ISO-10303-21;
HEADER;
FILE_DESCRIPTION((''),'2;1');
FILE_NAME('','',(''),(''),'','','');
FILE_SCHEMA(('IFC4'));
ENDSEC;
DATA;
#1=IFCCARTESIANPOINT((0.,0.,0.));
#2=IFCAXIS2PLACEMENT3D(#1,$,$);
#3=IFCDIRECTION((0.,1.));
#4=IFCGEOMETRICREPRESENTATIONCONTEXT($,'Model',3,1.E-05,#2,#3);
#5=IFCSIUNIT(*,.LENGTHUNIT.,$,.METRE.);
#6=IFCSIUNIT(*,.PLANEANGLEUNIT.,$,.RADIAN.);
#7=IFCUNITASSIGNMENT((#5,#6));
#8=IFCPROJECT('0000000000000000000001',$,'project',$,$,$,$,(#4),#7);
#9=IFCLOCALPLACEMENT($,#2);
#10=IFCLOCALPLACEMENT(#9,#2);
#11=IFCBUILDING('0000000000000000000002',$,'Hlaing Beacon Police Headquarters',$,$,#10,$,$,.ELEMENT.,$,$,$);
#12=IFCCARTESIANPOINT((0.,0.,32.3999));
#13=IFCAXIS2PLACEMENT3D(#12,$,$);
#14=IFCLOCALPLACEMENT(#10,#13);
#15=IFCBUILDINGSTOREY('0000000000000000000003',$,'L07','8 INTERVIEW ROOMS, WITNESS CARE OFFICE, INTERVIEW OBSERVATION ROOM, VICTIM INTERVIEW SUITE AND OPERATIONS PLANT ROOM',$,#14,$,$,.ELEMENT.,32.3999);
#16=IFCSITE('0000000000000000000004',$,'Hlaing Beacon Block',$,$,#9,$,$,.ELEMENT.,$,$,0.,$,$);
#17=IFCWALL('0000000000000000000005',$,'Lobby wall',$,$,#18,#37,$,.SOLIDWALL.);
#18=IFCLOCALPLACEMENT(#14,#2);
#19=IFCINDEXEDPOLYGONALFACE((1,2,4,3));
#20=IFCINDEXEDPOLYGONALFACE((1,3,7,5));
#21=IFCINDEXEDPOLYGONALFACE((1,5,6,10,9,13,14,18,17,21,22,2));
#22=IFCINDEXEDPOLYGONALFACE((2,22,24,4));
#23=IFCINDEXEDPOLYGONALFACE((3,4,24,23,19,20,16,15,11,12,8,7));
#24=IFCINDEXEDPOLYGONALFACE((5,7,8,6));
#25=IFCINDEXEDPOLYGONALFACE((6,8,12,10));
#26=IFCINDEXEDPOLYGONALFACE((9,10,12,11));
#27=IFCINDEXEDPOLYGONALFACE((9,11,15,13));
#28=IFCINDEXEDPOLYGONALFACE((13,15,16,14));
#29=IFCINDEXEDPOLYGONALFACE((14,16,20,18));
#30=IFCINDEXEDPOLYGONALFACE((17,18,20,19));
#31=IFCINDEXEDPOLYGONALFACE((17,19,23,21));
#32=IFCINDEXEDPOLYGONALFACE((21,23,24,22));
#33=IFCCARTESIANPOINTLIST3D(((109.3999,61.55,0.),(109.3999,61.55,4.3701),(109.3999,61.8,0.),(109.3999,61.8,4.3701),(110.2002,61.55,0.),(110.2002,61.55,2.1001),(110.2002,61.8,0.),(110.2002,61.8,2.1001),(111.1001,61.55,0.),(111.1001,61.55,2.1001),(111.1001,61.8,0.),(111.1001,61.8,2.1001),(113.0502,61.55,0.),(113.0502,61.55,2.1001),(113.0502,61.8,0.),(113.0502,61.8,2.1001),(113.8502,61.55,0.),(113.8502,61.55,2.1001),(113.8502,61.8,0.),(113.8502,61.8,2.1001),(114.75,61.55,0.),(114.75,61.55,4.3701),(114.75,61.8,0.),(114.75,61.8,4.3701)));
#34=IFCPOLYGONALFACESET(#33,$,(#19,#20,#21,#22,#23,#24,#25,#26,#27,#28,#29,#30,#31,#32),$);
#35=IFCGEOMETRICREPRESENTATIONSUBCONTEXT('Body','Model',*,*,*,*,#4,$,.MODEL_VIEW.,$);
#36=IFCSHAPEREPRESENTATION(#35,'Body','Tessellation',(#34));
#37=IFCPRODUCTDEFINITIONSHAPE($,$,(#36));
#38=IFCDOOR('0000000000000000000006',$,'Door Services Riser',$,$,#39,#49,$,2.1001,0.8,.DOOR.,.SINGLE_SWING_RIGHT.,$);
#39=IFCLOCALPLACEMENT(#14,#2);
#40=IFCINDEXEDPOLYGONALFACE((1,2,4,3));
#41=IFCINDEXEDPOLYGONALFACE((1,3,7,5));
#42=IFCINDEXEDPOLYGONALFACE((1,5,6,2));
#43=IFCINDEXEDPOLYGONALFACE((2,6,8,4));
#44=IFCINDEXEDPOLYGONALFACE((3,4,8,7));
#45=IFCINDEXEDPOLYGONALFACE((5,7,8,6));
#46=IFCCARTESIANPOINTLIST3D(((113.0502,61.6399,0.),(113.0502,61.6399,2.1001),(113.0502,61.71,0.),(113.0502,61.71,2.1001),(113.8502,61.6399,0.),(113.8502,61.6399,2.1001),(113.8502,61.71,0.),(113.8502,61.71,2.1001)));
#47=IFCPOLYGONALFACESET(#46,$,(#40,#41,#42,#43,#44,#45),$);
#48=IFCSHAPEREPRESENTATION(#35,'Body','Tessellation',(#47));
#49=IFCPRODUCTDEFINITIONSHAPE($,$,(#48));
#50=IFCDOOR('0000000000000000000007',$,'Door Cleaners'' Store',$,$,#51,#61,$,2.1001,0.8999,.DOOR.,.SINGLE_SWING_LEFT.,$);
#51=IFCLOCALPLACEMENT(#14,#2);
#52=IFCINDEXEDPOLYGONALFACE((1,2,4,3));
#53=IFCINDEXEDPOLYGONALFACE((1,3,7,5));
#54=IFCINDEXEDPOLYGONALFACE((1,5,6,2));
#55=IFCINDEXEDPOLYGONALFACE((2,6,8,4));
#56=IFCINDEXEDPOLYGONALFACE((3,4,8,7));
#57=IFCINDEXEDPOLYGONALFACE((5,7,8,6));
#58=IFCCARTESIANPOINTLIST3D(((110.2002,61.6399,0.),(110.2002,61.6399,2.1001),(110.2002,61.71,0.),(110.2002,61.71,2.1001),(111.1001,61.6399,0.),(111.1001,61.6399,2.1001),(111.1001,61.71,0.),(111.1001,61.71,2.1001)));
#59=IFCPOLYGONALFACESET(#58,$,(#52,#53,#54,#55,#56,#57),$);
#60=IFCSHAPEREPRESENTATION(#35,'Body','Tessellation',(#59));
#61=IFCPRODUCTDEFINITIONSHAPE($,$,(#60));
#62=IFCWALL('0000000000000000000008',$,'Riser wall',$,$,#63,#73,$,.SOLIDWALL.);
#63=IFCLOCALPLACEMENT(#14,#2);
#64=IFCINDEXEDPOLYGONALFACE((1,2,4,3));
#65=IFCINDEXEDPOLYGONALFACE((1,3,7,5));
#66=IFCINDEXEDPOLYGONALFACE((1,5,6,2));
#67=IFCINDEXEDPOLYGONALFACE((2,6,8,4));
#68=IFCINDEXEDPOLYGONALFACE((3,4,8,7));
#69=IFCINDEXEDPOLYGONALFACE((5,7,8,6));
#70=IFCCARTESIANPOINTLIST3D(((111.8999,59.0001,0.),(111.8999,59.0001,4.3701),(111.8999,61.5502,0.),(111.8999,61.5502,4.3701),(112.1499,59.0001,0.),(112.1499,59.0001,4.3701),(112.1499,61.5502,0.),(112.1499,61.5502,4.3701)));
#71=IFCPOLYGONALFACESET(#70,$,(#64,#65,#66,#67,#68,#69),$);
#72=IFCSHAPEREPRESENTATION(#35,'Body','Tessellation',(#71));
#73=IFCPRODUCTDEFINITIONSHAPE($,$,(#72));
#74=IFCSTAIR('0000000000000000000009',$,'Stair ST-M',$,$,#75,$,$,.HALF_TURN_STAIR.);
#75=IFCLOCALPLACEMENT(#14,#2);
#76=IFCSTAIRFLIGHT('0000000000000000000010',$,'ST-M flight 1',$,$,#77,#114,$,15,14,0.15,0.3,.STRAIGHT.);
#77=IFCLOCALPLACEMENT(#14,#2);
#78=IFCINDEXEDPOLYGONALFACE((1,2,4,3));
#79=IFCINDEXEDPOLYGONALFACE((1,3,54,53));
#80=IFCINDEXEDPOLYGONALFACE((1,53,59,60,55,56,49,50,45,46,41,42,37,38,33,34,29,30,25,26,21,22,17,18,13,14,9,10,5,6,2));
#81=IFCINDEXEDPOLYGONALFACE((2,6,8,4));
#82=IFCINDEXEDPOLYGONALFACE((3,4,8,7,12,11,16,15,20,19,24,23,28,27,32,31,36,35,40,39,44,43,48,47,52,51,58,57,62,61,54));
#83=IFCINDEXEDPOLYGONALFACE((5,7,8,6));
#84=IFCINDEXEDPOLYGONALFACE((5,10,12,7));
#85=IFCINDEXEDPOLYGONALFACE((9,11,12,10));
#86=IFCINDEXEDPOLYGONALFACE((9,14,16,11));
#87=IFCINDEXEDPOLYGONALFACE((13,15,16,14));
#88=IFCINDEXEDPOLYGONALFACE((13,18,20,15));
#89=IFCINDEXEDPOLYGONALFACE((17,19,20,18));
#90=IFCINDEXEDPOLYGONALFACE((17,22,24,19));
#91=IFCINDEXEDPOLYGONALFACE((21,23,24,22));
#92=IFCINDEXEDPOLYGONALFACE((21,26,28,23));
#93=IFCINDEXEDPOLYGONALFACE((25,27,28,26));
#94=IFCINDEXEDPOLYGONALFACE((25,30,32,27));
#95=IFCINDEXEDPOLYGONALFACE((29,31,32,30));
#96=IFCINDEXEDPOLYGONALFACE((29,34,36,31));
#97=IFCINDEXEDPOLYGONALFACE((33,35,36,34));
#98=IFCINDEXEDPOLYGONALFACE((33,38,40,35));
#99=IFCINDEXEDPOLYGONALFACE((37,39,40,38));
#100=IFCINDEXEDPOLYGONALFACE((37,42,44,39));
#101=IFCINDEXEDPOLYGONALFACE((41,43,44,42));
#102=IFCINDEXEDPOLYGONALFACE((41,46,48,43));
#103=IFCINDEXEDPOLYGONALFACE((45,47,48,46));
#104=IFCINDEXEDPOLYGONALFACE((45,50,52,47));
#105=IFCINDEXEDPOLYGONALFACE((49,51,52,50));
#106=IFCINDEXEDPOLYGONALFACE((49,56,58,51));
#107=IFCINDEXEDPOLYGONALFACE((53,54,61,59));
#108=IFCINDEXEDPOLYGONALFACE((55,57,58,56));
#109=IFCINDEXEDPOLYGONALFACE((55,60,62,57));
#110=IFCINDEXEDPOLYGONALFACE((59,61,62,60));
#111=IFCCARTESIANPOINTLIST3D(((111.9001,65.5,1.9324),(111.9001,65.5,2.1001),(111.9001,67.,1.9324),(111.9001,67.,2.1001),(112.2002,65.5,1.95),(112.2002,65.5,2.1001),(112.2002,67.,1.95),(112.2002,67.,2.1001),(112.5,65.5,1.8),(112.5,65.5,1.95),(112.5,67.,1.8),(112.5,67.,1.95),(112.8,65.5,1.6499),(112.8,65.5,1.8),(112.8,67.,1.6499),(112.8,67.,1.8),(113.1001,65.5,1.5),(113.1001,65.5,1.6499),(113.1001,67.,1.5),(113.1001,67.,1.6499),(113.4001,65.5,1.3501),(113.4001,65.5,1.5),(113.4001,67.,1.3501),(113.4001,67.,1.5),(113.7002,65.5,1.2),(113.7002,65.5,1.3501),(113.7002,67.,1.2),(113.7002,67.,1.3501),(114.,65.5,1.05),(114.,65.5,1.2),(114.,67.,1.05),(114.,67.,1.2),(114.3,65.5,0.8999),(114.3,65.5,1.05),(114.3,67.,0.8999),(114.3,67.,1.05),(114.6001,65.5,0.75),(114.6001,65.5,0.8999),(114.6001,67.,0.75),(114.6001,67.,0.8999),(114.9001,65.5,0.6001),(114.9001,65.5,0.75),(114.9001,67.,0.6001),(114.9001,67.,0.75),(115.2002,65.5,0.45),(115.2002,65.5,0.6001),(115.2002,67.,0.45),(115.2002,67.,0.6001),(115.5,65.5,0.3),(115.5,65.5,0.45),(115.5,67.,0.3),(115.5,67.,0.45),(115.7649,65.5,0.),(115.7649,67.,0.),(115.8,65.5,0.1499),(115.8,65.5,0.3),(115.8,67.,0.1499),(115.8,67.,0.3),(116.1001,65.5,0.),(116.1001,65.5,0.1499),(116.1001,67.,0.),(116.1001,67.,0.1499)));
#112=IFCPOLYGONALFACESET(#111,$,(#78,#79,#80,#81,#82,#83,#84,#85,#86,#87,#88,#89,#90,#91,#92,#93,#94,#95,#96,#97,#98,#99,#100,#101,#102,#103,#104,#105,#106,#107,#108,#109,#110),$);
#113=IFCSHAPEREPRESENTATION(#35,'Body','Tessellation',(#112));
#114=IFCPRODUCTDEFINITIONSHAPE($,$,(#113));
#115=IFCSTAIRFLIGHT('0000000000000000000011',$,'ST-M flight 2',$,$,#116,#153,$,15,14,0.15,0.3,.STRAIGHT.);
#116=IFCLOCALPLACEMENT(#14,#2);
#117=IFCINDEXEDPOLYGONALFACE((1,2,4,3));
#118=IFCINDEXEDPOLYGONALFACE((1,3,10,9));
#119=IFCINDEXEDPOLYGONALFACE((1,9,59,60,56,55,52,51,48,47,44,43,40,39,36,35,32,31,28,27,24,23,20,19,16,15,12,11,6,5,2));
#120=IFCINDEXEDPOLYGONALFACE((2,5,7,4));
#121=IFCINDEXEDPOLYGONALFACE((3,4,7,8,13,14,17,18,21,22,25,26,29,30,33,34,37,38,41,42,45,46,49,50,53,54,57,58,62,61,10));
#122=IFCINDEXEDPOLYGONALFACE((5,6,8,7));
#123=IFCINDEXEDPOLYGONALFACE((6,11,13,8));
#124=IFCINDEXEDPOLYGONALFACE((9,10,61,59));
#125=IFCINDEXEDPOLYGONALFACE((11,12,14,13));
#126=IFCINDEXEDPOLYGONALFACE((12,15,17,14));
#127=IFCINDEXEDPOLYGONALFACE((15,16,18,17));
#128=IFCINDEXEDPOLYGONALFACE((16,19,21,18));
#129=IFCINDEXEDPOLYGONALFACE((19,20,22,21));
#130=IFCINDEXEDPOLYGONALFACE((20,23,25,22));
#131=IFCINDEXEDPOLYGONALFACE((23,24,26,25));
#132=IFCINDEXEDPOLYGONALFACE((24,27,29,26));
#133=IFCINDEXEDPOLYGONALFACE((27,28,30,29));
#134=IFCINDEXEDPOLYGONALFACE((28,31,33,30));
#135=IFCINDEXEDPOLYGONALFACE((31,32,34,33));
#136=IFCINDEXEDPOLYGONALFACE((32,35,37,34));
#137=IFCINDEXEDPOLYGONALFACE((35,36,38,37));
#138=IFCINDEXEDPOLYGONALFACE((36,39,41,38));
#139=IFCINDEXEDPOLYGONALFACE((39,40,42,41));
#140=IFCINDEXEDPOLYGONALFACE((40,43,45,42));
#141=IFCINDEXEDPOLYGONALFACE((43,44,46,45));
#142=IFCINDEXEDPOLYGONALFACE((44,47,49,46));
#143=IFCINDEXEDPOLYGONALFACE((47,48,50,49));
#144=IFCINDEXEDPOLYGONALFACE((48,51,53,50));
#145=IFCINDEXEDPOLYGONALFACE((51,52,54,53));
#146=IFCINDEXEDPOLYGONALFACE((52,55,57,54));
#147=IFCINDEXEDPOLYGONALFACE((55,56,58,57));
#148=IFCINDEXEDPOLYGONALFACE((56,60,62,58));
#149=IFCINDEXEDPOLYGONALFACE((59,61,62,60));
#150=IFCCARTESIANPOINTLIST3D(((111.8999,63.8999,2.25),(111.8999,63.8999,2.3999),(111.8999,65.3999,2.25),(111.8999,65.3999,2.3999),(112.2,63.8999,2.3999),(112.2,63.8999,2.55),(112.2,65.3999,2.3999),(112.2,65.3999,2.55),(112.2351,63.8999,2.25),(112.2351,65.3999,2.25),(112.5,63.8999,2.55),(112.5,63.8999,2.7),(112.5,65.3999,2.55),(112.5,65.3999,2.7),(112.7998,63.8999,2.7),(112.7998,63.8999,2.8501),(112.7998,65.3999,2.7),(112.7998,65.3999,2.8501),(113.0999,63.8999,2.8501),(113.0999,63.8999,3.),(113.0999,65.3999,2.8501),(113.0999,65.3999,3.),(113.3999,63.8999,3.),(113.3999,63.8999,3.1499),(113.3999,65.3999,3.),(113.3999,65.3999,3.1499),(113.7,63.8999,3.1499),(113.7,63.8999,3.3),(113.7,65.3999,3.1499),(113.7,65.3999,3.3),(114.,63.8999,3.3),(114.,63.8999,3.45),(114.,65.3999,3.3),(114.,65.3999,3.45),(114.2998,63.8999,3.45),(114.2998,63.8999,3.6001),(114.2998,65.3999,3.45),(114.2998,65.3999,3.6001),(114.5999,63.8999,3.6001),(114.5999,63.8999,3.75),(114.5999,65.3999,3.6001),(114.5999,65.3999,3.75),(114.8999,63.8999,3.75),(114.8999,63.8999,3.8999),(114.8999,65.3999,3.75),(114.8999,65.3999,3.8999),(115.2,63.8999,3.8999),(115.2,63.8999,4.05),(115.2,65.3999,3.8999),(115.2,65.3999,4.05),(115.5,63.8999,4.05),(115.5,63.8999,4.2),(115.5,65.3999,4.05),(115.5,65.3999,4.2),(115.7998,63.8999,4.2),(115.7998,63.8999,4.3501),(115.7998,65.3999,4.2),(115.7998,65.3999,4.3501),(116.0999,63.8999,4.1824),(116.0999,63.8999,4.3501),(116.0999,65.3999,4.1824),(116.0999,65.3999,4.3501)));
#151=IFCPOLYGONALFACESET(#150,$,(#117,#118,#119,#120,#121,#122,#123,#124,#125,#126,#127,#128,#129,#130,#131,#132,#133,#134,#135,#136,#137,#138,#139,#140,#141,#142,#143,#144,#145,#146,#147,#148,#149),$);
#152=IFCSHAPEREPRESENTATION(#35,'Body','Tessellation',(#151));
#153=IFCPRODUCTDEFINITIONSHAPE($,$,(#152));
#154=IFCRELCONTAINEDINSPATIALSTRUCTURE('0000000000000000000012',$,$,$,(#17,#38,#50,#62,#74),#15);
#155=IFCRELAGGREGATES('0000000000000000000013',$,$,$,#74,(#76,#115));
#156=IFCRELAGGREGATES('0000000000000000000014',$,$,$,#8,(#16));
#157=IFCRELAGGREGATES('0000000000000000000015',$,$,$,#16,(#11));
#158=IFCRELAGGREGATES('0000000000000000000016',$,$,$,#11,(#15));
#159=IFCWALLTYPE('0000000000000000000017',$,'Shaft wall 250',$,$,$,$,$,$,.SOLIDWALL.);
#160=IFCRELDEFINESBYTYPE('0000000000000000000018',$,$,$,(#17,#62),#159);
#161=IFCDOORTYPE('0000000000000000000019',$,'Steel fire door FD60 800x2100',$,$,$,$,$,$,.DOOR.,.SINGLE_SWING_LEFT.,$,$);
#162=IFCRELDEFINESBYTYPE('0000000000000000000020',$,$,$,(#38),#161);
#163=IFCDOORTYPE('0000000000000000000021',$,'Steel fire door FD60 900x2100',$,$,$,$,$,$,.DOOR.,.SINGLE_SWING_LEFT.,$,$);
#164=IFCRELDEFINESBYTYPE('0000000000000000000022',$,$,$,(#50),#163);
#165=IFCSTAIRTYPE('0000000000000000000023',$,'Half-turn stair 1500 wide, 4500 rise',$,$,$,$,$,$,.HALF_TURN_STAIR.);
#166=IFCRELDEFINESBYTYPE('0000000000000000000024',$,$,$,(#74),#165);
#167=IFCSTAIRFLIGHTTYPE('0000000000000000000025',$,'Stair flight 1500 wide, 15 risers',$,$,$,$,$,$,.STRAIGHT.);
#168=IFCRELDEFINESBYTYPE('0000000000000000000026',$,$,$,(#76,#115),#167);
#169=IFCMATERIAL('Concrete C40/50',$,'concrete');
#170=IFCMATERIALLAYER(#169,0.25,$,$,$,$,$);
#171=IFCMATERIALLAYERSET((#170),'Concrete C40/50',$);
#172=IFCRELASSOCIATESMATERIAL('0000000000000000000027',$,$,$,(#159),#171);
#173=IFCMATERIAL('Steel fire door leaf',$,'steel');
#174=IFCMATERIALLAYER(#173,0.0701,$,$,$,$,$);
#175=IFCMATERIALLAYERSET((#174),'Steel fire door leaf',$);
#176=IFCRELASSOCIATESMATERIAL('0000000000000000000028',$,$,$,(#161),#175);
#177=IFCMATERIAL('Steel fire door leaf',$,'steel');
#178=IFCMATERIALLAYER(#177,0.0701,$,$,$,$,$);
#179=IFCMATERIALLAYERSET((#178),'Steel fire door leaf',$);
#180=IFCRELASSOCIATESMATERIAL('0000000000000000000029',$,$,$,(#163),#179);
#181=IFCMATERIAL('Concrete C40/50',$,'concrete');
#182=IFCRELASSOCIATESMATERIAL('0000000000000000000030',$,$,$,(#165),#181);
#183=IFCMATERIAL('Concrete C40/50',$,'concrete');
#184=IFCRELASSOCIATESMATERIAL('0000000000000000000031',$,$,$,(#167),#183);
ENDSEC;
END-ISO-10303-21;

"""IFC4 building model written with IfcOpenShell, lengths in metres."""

from ifc_helpers import new_model, si_unit, direction, frame, frame_2d, origin, place, context, subcontext, project, spatial, polyline, rectangle, outline, extrude, material, layer, layer_set, type_object, element, fill, aggregate, save


model = new_model("IFC4")

# Units and contexts
model_context = context("Model", 3, precision=1e-05, world=origin(), true_north=direction((0.0, 1.0)))
body_context = subcontext(model_context, "Body", "Model", "MODEL_VIEW")
ifc_project = project(units=[si_unit("LENGTHUNIT", "METRE"), si_unit("PLANEANGLEUNIT", "RADIAN")], contexts=[model_context])

# Site, building, storey
site_placement = place(None, origin())
site = spatial("IfcSite", under=ifc_project, at=site_placement, Name="Hlaing Beacon Block", CompositionType="ELEMENT", RefElevation=0.0)
building_placement = place(site_placement, origin())
building = spatial("IfcBuilding", under=site, at=building_placement, Name="Hlaing Beacon Police Headquarters", CompositionType="ELEMENT")
storey_placement = place(building_placement, frame((0.0, 0.0, 32.3999)))
storey = spatial("IfcBuildingStorey", under=building, at=storey_placement, Name="L07", Description="8 INTERVIEW ROOMS, WITNESS CARE OFFICE, INTERVIEW OBSERVATION ROOM, VICTIM INTERVIEW SUITE AND OPERATIONS PLANT ROOM", CompositionType="ELEMENT", Elevation=32.3999)

# Shared definitions
ifc_material_1 = material(Name="Concrete C40/50", Category="concrete")
ifc_layer_1 = layer(ifc_material_1, 0.25)
ifc_layer_set_1 = layer_set([ifc_layer_1], Name="Concrete C40/50")
wall_type_1 = type_object("IfcWallType", Name="Shaft wall 250", PredefinedType="SOLIDWALL", material=ifc_layer_set_1)

# Wall, openings, doors
wall_1_placement = place(storey_placement, frame((114.75, 61.675, 0.0), z_axis=(0.0, 0.0, 1.0), x_axis=(-1.0, 0.0, 0.0)))
wall_1 = element("IfcWall", 1, at=wall_1_placement, inside=storey, type_object=wall_type_1, Name="Lobby wall", PredefinedType="SOLIDWALL", context=body_context, shape_type="SweptSolid", body=[
    extrude(rectangle(XDim=5.3501, YDim=0.25, at=frame_2d((2.675, 0.0))), origin(), (0.0, 0.0, 1.0), 4.3701),
])
opening_1_placement = place(wall_1_placement, frame((3.6499, 0.0, 0.0)))
opening_1 = element("IfcOpeningElement", 2, at=opening_1_placement, cuts=wall_1, PredefinedType="OPENING", context=body_context, shape_type="SweptSolid", body=[
    extrude(rectangle(XDim=0.8999, YDim=2.1001, at=frame_2d((0.45, 1.05))), frame((0.0, 0.135, 0.0), z_axis=(0.0, -1.0, 0.0), x_axis=(1.0, 0.0, 0.0)), (0.0, 0.0, 1.0), 0.27),
])
opening_2_placement = place(wall_1_placement, frame((0.8999, 0.0, 0.0)))
opening_2 = element("IfcOpeningElement", 3, at=opening_2_placement, cuts=wall_1, PredefinedType="OPENING", context=body_context, shape_type="SweptSolid", body=[
    extrude(rectangle(XDim=0.8, YDim=2.1001, at=frame_2d((0.3999, 1.05))), frame((0.0, 0.135, 0.0), z_axis=(0.0, -1.0, 0.0), x_axis=(1.0, 0.0, 0.0)), (0.0, 0.0, 1.0), 0.27),
])
ifc_material_2 = material(Name="Steel fire door leaf", Category="steel")
ifc_layer_2 = layer(ifc_material_2, 0.0701)
ifc_layer_set_2 = layer_set([ifc_layer_2], Name="Steel fire door leaf")
door_type_1 = type_object("IfcDoorType", Name="Steel fire door FD60 800x2100", OperationType="SINGLE_SWING_LEFT", PredefinedType="DOOR", material=ifc_layer_set_2)
door_1_placement = place(opening_2_placement, origin())
door_1 = element("IfcDoor", 4, at=door_1_placement, inside=storey, type_object=door_type_1, Name="Door Services Riser", OperationType="SINGLE_SWING_RIGHT", OverallHeight=2.1001, OverallWidth=0.8, PredefinedType="DOOR", context=body_context, shape_type="SweptSolid", body=[
    extrude(rectangle(XDim=0.8, YDim=2.1001, at=frame_2d((0.3999, 1.05))), frame((0.0, 0.0352, 0.0), z_axis=(0.0, -1.0, 0.0), x_axis=(1.0, 0.0, 0.0)), (0.0, 0.0, 1.0), 0.0701),
])
fill(opening_2, door_1)
ifc_material_3 = material(Name="Steel fire door leaf", Category="steel")
ifc_layer_3 = layer(ifc_material_3, 0.0701)
ifc_layer_set_3 = layer_set([ifc_layer_3], Name="Steel fire door leaf")
door_type_2 = type_object("IfcDoorType", Name="Steel fire door FD60 900x2100", OperationType="SINGLE_SWING_LEFT", PredefinedType="DOOR", material=ifc_layer_set_3)
door_2_placement = place(opening_1_placement, origin())
door_2 = element("IfcDoor", 5, at=door_2_placement, inside=storey, type_object=door_type_2, Name="Door Cleaners' Store", OperationType="SINGLE_SWING_LEFT", OverallHeight=2.1001, OverallWidth=0.8999, PredefinedType="DOOR", context=body_context, shape_type="SweptSolid", body=[
    extrude(rectangle(XDim=0.8999, YDim=2.1001, at=frame_2d((0.45, 1.05))), frame((0.0, 0.0352, 0.0), z_axis=(0.0, -1.0, 0.0), x_axis=(1.0, 0.0, 0.0)), (0.0, 0.0, 1.0), 0.0701),
])
fill(opening_1, door_2)

# Wall
wall_2_placement = place(storey_placement, frame((112.0249, 61.55, 0.0), z_axis=(0.0, 0.0, 1.0), x_axis=(0.0, -1.0, 0.0)))
element("IfcWall", 6, at=wall_2_placement, inside=storey, type_object=wall_type_1, Name="Riser wall", PredefinedType="SOLIDWALL", context=body_context, shape_type="SweptSolid", body=[
    extrude(rectangle(XDim=2.55, YDim=0.25, at=frame_2d((1.2749, 0.0))), origin(), (0.0, 0.0, 1.0), 4.3701),
])

# Stair, stair flights
ifc_material_4 = material(Name="Concrete C40/50", Category="concrete")
stair_type = type_object("IfcStairType", Name="Half-turn stair 1500 wide, 4500 rise", PredefinedType="HALF_TURN_STAIR", material=ifc_material_4)
stair_placement = place(storey_placement, origin())
stair = element("IfcStair", 7, at=stair_placement, inside=storey, type_object=stair_type, Name="Stair ST-M", PredefinedType="HALF_TURN_STAIR")
ifc_material_5 = material(Name="Concrete C40/50", Category="concrete")
stair_flight_type = type_object("IfcStairFlightType", Name="Stair flight 1500 wide, 15 risers", PredefinedType="STRAIGHT", material=ifc_material_5)
stair_flight_1_placement = place(storey_placement, frame((116.1001, 66.25, 0.0), z_axis=(0.0, 0.0, 1.0), x_axis=(-1.0, 0.0, 0.0)))
stair_flight_1 = element("IfcStairFlight", 8, at=stair_flight_1_placement, type_object=stair_flight_type, Name="ST-M flight 1", NumberOfRisers=15, NumberOfTreads=14, PredefinedType="STRAIGHT", RiserHeight=0.15, TreadLength=0.3, context=body_context, shape_type="SweptSolid", body=[
    extrude(outline(polyline([(0.0, 0.0), (0.0, 0.1499), (0.3, 0.1499), (0.3, 0.3), (0.6001, 0.3), (0.6001, 0.45), (0.8999, 0.45), (0.8999, 0.6001), (1.2, 0.6001), (1.2, 0.75), (1.5, 0.75), (1.5, 0.8999), (1.8, 0.8999), (1.8, 1.05), (2.1001, 1.05), (2.1001, 1.2), (2.3999, 1.2), (2.3999, 1.3501), (2.7, 1.3501), (2.7, 1.5), (3.0, 1.5), (3.0, 1.6499), (3.3, 1.6499), (3.3, 1.8), (3.6001, 1.8), (3.6001, 1.95), (3.8999, 1.95), (3.8999, 2.1001), (4.2, 2.1001), (4.2, 2.25), (4.2, 1.9324), (0.3352, 0.0), (0.0, 0.0)])), frame((0.0, 0.75, 0.0), z_axis=(0.0, -1.0, 0.0), x_axis=(1.0, 0.0, 0.0)), (0.0, 0.0, 1.0), 1.5),
])
stair_flight_2_placement = place(storey_placement, frame((111.8999, 64.6499, 2.25), z_axis=(0.0, 0.0, 1.0), x_axis=(1.0, 0.0, 0.0)))
stair_flight_2 = element("IfcStairFlight", 9, at=stair_flight_2_placement, type_object=stair_flight_type, Name="ST-M flight 2", NumberOfRisers=15, NumberOfTreads=14, PredefinedType="STRAIGHT", RiserHeight=0.15, TreadLength=0.3, context=body_context, shape_type="SweptSolid", body=[
    extrude(outline(polyline([(0.0, 0.0), (0.0, 0.1499), (0.3, 0.1499), (0.3, 0.3), (0.6001, 0.3), (0.6001, 0.45), (0.8999, 0.45), (0.8999, 0.6001), (1.2, 0.6001), (1.2, 0.75), (1.5, 0.75), (1.5, 0.8999), (1.8, 0.8999), (1.8, 1.05), (2.1001, 1.05), (2.1001, 1.2), (2.3999, 1.2), (2.3999, 1.3501), (2.7, 1.3501), (2.7, 1.5), (3.0, 1.5), (3.0, 1.6499), (3.3, 1.6499), (3.3, 1.8), (3.6001, 1.8), (3.6001, 1.95), (3.8999, 1.95), (3.8999, 2.1001), (4.2, 2.1001), (4.2, 2.25), (4.2, 1.9324), (0.3352, 0.0), (0.0, 0.0)])), frame((0.0, 0.75, 0.0), z_axis=(0.0, -1.0, 0.0), x_axis=(1.0, 0.0, 0.0)), (0.0, 0.0, 1.0), 1.5),
])
aggregate(stair, [stair_flight_1, stair_flight_2])

save(model, "model.ifc")
